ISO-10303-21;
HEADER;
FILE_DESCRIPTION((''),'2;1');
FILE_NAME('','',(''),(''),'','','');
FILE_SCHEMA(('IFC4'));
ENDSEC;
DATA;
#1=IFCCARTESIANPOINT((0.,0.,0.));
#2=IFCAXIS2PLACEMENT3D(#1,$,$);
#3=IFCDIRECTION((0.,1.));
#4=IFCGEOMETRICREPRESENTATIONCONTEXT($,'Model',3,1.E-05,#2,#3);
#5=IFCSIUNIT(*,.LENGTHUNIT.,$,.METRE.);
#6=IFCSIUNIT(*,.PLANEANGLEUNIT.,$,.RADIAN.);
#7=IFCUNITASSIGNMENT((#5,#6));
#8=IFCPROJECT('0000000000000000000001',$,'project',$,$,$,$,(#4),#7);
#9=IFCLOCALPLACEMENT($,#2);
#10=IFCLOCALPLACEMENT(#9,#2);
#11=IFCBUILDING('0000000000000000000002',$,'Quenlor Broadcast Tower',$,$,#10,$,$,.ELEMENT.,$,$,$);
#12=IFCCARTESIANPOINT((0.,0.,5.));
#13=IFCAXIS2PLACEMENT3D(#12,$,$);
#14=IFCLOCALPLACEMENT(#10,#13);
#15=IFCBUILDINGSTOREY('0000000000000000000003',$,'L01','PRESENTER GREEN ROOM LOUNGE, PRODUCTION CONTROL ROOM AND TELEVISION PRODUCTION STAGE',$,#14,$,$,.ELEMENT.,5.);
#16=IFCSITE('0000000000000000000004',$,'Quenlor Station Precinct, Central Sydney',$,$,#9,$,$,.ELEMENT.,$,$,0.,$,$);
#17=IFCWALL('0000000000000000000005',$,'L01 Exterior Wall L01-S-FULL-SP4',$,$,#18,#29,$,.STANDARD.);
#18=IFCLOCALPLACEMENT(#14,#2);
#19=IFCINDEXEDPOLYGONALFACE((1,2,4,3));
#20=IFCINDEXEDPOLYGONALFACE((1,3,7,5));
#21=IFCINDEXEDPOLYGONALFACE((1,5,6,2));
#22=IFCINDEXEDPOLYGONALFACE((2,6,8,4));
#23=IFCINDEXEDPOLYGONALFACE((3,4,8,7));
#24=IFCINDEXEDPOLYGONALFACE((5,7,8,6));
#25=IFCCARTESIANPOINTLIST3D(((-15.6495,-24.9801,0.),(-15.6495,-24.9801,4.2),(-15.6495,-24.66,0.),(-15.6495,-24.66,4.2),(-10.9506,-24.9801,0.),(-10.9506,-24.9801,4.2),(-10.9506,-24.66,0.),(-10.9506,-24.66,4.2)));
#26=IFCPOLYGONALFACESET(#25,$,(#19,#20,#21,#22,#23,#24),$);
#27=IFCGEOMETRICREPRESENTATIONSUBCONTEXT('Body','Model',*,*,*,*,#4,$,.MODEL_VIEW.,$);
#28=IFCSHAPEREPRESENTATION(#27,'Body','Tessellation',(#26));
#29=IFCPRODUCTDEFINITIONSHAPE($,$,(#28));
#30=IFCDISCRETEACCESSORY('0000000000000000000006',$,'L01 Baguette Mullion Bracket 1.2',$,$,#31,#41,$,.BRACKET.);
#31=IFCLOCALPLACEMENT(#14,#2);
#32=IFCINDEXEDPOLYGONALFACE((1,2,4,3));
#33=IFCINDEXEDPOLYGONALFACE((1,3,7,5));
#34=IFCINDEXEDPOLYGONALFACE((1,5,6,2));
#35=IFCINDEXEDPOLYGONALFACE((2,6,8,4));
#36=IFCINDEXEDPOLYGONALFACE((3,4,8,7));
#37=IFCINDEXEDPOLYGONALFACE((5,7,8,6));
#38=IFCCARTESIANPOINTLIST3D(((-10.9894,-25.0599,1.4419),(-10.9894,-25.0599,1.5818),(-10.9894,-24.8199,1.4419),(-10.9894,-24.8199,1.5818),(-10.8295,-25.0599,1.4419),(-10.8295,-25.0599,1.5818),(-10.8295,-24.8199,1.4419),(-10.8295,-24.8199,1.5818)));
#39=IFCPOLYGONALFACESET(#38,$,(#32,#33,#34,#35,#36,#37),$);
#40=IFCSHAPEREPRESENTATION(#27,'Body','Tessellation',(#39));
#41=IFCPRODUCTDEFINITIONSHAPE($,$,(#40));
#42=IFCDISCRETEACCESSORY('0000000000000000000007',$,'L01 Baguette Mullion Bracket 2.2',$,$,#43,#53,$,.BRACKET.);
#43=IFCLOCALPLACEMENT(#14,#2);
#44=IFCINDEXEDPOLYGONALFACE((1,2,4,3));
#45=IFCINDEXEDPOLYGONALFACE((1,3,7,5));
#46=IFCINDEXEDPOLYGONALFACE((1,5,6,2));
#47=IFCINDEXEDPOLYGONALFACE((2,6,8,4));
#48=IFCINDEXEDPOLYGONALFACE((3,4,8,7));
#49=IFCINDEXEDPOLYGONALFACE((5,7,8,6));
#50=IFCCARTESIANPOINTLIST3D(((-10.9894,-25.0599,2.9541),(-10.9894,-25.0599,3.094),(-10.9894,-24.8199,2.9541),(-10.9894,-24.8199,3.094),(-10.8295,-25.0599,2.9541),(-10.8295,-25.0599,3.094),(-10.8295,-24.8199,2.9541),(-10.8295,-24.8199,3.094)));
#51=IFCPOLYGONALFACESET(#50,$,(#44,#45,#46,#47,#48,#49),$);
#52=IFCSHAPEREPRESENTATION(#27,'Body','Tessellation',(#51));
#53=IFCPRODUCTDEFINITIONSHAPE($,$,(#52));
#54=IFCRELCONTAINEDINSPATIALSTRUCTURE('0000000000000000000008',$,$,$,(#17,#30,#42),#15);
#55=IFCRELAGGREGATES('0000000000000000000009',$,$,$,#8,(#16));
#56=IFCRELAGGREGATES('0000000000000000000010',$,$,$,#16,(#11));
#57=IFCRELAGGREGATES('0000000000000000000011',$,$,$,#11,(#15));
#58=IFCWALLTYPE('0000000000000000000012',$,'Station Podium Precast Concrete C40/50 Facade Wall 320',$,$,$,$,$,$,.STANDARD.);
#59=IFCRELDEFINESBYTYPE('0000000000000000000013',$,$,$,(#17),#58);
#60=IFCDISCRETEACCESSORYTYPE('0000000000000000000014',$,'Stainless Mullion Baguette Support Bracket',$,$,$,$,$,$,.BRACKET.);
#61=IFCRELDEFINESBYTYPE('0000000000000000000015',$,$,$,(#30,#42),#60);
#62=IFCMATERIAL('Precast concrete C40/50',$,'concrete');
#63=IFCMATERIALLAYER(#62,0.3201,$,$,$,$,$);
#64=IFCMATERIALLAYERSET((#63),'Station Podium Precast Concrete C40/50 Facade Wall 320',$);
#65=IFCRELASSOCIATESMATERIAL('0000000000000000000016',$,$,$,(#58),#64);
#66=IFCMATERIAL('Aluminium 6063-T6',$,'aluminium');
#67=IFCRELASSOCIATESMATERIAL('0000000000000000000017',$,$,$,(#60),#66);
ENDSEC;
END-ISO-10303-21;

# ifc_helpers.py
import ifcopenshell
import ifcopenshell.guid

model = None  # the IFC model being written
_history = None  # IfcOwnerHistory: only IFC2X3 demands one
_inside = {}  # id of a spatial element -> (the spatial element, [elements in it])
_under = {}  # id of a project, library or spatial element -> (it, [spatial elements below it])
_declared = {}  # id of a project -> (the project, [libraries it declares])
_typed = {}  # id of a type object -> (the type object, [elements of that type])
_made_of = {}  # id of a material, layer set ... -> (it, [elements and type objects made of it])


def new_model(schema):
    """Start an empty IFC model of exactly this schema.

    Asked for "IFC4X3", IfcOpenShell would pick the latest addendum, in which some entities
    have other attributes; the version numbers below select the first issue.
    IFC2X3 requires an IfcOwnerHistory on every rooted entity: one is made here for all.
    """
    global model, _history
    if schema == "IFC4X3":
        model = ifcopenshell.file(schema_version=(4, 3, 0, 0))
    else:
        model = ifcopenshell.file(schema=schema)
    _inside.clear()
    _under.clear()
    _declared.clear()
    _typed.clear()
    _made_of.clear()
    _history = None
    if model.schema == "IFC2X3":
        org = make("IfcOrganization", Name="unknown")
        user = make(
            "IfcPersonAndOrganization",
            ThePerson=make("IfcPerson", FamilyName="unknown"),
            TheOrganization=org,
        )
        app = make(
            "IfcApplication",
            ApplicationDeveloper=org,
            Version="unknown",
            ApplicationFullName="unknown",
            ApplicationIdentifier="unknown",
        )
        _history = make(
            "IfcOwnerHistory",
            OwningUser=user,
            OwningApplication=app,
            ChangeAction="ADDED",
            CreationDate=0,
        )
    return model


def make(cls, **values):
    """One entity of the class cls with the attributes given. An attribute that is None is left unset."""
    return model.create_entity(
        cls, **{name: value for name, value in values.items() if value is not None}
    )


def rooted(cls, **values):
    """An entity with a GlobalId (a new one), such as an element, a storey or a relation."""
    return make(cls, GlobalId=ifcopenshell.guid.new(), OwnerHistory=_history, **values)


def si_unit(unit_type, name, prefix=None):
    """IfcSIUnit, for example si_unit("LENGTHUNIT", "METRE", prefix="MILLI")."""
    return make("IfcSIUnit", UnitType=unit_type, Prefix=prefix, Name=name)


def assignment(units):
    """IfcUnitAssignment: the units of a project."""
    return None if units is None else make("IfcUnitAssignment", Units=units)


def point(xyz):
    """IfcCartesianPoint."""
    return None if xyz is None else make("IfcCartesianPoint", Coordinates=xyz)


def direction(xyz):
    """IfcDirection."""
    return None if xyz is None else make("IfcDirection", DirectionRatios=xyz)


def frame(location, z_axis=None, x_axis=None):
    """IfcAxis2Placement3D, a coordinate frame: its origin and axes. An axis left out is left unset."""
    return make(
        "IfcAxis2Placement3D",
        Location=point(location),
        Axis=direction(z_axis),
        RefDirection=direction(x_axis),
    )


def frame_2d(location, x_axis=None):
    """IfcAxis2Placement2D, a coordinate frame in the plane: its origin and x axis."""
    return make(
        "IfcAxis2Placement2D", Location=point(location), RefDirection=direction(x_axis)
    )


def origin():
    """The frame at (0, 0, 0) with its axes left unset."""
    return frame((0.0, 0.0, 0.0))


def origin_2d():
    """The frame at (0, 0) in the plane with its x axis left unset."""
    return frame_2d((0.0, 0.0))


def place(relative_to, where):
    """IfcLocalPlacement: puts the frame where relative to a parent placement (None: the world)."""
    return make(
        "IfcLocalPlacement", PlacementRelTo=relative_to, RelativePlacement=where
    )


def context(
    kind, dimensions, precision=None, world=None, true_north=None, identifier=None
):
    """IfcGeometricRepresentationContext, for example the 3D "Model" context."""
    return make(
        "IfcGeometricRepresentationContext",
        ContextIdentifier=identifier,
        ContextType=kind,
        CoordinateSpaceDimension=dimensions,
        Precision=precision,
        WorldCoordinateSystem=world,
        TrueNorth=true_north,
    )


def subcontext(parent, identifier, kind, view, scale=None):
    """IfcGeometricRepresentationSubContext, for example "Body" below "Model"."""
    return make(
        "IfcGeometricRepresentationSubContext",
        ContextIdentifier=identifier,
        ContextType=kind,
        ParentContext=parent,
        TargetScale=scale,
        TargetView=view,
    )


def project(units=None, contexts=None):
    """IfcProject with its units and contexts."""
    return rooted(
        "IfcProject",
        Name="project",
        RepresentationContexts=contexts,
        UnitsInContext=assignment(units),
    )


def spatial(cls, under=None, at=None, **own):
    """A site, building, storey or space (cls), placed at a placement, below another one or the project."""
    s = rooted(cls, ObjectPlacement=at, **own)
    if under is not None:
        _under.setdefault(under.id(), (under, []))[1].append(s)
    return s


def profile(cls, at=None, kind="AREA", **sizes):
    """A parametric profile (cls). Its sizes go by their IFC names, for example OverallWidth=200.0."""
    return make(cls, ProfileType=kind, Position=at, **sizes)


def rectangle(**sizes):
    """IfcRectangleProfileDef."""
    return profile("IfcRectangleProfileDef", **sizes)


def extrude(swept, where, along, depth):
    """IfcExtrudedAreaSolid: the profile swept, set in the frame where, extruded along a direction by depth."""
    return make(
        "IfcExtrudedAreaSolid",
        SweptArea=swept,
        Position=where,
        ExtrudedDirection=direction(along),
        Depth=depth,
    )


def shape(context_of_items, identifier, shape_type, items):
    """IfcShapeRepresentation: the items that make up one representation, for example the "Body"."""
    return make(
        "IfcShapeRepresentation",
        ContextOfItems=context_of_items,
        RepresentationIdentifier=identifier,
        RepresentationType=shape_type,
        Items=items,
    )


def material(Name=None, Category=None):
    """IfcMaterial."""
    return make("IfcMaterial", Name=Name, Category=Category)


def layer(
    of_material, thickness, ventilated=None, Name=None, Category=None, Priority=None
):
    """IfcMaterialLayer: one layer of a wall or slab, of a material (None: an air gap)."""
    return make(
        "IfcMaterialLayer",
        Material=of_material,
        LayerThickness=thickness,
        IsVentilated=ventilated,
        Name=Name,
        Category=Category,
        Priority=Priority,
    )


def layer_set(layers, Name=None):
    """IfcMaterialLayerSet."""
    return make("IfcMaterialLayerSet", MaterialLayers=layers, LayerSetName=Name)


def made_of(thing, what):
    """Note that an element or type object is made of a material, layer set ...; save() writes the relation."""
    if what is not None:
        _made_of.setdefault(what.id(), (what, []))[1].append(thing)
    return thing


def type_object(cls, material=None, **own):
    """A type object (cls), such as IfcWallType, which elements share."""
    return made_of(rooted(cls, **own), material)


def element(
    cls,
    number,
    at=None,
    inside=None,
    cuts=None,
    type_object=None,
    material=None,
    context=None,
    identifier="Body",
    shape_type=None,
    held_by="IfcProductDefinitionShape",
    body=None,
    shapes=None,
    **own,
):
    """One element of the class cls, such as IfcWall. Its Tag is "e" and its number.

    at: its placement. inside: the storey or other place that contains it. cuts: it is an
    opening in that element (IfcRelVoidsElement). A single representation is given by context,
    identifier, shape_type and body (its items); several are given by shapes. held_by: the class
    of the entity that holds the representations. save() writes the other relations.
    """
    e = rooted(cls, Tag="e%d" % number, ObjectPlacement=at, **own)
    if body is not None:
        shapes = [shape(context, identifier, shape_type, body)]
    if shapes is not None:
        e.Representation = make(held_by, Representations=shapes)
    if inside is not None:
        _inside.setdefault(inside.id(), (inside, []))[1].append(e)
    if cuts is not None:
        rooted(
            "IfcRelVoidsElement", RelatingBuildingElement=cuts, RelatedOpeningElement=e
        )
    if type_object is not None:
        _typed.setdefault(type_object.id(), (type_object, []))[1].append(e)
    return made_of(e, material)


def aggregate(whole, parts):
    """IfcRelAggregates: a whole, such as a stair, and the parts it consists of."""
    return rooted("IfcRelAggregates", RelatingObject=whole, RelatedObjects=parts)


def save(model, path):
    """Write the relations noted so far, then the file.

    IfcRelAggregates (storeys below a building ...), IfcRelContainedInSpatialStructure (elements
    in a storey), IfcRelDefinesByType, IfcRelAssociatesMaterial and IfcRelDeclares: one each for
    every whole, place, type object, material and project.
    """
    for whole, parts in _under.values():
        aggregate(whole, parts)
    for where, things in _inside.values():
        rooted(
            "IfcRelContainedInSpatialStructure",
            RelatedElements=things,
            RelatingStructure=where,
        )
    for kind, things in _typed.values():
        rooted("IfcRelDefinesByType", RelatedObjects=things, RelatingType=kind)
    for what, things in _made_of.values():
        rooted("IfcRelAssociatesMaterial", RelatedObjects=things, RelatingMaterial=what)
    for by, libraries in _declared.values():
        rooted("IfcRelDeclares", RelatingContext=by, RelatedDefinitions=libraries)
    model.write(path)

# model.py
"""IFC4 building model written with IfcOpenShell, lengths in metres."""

from ifc_helpers import new_model, si_unit, direction, frame, frame_2d, origin, origin_2d, place, context, subcontext, project, spatial, rectangle, extrude, material, layer, layer_set, type_object, element, save


model = new_model("IFC4")

# Units and contexts
model_context = context("Model", 3, precision=1e-05, world=origin(), true_north=direction((0.0, 1.0)))
body_context = subcontext(model_context, "Body", "Model", "MODEL_VIEW")
ifc_project = project(units=[si_unit("LENGTHUNIT", "METRE"), si_unit("PLANEANGLEUNIT", "RADIAN")], contexts=[model_context])

# Site, building, storey
site_placement = place(None, origin())
site = spatial("IfcSite", under=ifc_project, at=site_placement, Name="Quenlor Station Precinct, Central Sydney", CompositionType="ELEMENT", RefElevation=0.0)
building_placement = place(site_placement, origin())
building = spatial("IfcBuilding", under=site, at=building_placement, Name="Quenlor Broadcast Tower", CompositionType="ELEMENT")
storey_placement = place(building_placement, frame((0.0, 0.0, 5.0)))
storey = spatial("IfcBuildingStorey", under=building, at=storey_placement, Name="L01", Description="PRESENTER GREEN ROOM LOUNGE, PRODUCTION CONTROL ROOM AND TELEVISION PRODUCTION STAGE", CompositionType="ELEMENT", Elevation=5.0)

# Wall
ifc_material_1 = material(Name="Precast concrete C40/50", Category="concrete")
ifc_layer_1 = layer(ifc_material_1, 0.3201)
ifc_layer_set_1 = layer_set([ifc_layer_1], Name="Station Podium Precast Concrete C40/50 Facade Wall 320")
wall_type = type_object("IfcWallType", Name="Station Podium Precast Concrete C40/50 Facade Wall 320", PredefinedType="STANDARD", material=ifc_layer_set_1)
wall_placement = place(storey_placement, frame((-10.9504, -24.8201, 0.0), z_axis=(0.0, 0.0, 1.0), x_axis=(-1.0, 0.0, 0.0)))
element("IfcWall", 1, at=wall_placement, inside=storey, type_object=wall_type, Name="L01 Exterior Wall L01-S-FULL-SP4", PredefinedType="STANDARD", context=body_context, shape_type="SweptSolid", body=[
    extrude(rectangle(XDim=4.699, YDim=0.3201, at=frame_2d((2.3496, 0.0))), origin(), (0.0, 0.0, 1.0), 4.2),
])

# Discrete accessories
ifc_material_2 = material(Name="Aluminium 6063-T6", Category="aluminium")
discrete_accessory_type = type_object("IfcDiscreteAccessoryType", Name="Stainless Mullion Baguette Support Bracket", PredefinedType="BRACKET", material=ifc_material_2)
for number, where, z_axis, x_axis, name in (
    (2, (-10.9094, -24.9399, 1.4419), (0.0, 0.0, 1.0), (-1.0, 0.0, 0.0), "L01 Baguette Mullion Bracket 1.2"),
    (3, (-10.9094, -24.9399, 2.9541), (0.0, 0.0, 1.0), (-1.0, 0.0, 0.0), "L01 Baguette Mullion Bracket 2.2"),
):
    element("IfcDiscreteAccessory", number, at=place(storey_placement, frame(where, z_axis=z_axis, x_axis=x_axis)), inside=storey, type_object=discrete_accessory_type, Name=name, PredefinedType="BRACKET", context=body_context, shape_type="SweptSolid", body=[
        extrude(rectangle(XDim=0.1599, YDim=0.24, at=origin_2d()), origin(), (0.0, 0.0, 1.0), 0.1399),
    ])

save(model, "model.ifc")
